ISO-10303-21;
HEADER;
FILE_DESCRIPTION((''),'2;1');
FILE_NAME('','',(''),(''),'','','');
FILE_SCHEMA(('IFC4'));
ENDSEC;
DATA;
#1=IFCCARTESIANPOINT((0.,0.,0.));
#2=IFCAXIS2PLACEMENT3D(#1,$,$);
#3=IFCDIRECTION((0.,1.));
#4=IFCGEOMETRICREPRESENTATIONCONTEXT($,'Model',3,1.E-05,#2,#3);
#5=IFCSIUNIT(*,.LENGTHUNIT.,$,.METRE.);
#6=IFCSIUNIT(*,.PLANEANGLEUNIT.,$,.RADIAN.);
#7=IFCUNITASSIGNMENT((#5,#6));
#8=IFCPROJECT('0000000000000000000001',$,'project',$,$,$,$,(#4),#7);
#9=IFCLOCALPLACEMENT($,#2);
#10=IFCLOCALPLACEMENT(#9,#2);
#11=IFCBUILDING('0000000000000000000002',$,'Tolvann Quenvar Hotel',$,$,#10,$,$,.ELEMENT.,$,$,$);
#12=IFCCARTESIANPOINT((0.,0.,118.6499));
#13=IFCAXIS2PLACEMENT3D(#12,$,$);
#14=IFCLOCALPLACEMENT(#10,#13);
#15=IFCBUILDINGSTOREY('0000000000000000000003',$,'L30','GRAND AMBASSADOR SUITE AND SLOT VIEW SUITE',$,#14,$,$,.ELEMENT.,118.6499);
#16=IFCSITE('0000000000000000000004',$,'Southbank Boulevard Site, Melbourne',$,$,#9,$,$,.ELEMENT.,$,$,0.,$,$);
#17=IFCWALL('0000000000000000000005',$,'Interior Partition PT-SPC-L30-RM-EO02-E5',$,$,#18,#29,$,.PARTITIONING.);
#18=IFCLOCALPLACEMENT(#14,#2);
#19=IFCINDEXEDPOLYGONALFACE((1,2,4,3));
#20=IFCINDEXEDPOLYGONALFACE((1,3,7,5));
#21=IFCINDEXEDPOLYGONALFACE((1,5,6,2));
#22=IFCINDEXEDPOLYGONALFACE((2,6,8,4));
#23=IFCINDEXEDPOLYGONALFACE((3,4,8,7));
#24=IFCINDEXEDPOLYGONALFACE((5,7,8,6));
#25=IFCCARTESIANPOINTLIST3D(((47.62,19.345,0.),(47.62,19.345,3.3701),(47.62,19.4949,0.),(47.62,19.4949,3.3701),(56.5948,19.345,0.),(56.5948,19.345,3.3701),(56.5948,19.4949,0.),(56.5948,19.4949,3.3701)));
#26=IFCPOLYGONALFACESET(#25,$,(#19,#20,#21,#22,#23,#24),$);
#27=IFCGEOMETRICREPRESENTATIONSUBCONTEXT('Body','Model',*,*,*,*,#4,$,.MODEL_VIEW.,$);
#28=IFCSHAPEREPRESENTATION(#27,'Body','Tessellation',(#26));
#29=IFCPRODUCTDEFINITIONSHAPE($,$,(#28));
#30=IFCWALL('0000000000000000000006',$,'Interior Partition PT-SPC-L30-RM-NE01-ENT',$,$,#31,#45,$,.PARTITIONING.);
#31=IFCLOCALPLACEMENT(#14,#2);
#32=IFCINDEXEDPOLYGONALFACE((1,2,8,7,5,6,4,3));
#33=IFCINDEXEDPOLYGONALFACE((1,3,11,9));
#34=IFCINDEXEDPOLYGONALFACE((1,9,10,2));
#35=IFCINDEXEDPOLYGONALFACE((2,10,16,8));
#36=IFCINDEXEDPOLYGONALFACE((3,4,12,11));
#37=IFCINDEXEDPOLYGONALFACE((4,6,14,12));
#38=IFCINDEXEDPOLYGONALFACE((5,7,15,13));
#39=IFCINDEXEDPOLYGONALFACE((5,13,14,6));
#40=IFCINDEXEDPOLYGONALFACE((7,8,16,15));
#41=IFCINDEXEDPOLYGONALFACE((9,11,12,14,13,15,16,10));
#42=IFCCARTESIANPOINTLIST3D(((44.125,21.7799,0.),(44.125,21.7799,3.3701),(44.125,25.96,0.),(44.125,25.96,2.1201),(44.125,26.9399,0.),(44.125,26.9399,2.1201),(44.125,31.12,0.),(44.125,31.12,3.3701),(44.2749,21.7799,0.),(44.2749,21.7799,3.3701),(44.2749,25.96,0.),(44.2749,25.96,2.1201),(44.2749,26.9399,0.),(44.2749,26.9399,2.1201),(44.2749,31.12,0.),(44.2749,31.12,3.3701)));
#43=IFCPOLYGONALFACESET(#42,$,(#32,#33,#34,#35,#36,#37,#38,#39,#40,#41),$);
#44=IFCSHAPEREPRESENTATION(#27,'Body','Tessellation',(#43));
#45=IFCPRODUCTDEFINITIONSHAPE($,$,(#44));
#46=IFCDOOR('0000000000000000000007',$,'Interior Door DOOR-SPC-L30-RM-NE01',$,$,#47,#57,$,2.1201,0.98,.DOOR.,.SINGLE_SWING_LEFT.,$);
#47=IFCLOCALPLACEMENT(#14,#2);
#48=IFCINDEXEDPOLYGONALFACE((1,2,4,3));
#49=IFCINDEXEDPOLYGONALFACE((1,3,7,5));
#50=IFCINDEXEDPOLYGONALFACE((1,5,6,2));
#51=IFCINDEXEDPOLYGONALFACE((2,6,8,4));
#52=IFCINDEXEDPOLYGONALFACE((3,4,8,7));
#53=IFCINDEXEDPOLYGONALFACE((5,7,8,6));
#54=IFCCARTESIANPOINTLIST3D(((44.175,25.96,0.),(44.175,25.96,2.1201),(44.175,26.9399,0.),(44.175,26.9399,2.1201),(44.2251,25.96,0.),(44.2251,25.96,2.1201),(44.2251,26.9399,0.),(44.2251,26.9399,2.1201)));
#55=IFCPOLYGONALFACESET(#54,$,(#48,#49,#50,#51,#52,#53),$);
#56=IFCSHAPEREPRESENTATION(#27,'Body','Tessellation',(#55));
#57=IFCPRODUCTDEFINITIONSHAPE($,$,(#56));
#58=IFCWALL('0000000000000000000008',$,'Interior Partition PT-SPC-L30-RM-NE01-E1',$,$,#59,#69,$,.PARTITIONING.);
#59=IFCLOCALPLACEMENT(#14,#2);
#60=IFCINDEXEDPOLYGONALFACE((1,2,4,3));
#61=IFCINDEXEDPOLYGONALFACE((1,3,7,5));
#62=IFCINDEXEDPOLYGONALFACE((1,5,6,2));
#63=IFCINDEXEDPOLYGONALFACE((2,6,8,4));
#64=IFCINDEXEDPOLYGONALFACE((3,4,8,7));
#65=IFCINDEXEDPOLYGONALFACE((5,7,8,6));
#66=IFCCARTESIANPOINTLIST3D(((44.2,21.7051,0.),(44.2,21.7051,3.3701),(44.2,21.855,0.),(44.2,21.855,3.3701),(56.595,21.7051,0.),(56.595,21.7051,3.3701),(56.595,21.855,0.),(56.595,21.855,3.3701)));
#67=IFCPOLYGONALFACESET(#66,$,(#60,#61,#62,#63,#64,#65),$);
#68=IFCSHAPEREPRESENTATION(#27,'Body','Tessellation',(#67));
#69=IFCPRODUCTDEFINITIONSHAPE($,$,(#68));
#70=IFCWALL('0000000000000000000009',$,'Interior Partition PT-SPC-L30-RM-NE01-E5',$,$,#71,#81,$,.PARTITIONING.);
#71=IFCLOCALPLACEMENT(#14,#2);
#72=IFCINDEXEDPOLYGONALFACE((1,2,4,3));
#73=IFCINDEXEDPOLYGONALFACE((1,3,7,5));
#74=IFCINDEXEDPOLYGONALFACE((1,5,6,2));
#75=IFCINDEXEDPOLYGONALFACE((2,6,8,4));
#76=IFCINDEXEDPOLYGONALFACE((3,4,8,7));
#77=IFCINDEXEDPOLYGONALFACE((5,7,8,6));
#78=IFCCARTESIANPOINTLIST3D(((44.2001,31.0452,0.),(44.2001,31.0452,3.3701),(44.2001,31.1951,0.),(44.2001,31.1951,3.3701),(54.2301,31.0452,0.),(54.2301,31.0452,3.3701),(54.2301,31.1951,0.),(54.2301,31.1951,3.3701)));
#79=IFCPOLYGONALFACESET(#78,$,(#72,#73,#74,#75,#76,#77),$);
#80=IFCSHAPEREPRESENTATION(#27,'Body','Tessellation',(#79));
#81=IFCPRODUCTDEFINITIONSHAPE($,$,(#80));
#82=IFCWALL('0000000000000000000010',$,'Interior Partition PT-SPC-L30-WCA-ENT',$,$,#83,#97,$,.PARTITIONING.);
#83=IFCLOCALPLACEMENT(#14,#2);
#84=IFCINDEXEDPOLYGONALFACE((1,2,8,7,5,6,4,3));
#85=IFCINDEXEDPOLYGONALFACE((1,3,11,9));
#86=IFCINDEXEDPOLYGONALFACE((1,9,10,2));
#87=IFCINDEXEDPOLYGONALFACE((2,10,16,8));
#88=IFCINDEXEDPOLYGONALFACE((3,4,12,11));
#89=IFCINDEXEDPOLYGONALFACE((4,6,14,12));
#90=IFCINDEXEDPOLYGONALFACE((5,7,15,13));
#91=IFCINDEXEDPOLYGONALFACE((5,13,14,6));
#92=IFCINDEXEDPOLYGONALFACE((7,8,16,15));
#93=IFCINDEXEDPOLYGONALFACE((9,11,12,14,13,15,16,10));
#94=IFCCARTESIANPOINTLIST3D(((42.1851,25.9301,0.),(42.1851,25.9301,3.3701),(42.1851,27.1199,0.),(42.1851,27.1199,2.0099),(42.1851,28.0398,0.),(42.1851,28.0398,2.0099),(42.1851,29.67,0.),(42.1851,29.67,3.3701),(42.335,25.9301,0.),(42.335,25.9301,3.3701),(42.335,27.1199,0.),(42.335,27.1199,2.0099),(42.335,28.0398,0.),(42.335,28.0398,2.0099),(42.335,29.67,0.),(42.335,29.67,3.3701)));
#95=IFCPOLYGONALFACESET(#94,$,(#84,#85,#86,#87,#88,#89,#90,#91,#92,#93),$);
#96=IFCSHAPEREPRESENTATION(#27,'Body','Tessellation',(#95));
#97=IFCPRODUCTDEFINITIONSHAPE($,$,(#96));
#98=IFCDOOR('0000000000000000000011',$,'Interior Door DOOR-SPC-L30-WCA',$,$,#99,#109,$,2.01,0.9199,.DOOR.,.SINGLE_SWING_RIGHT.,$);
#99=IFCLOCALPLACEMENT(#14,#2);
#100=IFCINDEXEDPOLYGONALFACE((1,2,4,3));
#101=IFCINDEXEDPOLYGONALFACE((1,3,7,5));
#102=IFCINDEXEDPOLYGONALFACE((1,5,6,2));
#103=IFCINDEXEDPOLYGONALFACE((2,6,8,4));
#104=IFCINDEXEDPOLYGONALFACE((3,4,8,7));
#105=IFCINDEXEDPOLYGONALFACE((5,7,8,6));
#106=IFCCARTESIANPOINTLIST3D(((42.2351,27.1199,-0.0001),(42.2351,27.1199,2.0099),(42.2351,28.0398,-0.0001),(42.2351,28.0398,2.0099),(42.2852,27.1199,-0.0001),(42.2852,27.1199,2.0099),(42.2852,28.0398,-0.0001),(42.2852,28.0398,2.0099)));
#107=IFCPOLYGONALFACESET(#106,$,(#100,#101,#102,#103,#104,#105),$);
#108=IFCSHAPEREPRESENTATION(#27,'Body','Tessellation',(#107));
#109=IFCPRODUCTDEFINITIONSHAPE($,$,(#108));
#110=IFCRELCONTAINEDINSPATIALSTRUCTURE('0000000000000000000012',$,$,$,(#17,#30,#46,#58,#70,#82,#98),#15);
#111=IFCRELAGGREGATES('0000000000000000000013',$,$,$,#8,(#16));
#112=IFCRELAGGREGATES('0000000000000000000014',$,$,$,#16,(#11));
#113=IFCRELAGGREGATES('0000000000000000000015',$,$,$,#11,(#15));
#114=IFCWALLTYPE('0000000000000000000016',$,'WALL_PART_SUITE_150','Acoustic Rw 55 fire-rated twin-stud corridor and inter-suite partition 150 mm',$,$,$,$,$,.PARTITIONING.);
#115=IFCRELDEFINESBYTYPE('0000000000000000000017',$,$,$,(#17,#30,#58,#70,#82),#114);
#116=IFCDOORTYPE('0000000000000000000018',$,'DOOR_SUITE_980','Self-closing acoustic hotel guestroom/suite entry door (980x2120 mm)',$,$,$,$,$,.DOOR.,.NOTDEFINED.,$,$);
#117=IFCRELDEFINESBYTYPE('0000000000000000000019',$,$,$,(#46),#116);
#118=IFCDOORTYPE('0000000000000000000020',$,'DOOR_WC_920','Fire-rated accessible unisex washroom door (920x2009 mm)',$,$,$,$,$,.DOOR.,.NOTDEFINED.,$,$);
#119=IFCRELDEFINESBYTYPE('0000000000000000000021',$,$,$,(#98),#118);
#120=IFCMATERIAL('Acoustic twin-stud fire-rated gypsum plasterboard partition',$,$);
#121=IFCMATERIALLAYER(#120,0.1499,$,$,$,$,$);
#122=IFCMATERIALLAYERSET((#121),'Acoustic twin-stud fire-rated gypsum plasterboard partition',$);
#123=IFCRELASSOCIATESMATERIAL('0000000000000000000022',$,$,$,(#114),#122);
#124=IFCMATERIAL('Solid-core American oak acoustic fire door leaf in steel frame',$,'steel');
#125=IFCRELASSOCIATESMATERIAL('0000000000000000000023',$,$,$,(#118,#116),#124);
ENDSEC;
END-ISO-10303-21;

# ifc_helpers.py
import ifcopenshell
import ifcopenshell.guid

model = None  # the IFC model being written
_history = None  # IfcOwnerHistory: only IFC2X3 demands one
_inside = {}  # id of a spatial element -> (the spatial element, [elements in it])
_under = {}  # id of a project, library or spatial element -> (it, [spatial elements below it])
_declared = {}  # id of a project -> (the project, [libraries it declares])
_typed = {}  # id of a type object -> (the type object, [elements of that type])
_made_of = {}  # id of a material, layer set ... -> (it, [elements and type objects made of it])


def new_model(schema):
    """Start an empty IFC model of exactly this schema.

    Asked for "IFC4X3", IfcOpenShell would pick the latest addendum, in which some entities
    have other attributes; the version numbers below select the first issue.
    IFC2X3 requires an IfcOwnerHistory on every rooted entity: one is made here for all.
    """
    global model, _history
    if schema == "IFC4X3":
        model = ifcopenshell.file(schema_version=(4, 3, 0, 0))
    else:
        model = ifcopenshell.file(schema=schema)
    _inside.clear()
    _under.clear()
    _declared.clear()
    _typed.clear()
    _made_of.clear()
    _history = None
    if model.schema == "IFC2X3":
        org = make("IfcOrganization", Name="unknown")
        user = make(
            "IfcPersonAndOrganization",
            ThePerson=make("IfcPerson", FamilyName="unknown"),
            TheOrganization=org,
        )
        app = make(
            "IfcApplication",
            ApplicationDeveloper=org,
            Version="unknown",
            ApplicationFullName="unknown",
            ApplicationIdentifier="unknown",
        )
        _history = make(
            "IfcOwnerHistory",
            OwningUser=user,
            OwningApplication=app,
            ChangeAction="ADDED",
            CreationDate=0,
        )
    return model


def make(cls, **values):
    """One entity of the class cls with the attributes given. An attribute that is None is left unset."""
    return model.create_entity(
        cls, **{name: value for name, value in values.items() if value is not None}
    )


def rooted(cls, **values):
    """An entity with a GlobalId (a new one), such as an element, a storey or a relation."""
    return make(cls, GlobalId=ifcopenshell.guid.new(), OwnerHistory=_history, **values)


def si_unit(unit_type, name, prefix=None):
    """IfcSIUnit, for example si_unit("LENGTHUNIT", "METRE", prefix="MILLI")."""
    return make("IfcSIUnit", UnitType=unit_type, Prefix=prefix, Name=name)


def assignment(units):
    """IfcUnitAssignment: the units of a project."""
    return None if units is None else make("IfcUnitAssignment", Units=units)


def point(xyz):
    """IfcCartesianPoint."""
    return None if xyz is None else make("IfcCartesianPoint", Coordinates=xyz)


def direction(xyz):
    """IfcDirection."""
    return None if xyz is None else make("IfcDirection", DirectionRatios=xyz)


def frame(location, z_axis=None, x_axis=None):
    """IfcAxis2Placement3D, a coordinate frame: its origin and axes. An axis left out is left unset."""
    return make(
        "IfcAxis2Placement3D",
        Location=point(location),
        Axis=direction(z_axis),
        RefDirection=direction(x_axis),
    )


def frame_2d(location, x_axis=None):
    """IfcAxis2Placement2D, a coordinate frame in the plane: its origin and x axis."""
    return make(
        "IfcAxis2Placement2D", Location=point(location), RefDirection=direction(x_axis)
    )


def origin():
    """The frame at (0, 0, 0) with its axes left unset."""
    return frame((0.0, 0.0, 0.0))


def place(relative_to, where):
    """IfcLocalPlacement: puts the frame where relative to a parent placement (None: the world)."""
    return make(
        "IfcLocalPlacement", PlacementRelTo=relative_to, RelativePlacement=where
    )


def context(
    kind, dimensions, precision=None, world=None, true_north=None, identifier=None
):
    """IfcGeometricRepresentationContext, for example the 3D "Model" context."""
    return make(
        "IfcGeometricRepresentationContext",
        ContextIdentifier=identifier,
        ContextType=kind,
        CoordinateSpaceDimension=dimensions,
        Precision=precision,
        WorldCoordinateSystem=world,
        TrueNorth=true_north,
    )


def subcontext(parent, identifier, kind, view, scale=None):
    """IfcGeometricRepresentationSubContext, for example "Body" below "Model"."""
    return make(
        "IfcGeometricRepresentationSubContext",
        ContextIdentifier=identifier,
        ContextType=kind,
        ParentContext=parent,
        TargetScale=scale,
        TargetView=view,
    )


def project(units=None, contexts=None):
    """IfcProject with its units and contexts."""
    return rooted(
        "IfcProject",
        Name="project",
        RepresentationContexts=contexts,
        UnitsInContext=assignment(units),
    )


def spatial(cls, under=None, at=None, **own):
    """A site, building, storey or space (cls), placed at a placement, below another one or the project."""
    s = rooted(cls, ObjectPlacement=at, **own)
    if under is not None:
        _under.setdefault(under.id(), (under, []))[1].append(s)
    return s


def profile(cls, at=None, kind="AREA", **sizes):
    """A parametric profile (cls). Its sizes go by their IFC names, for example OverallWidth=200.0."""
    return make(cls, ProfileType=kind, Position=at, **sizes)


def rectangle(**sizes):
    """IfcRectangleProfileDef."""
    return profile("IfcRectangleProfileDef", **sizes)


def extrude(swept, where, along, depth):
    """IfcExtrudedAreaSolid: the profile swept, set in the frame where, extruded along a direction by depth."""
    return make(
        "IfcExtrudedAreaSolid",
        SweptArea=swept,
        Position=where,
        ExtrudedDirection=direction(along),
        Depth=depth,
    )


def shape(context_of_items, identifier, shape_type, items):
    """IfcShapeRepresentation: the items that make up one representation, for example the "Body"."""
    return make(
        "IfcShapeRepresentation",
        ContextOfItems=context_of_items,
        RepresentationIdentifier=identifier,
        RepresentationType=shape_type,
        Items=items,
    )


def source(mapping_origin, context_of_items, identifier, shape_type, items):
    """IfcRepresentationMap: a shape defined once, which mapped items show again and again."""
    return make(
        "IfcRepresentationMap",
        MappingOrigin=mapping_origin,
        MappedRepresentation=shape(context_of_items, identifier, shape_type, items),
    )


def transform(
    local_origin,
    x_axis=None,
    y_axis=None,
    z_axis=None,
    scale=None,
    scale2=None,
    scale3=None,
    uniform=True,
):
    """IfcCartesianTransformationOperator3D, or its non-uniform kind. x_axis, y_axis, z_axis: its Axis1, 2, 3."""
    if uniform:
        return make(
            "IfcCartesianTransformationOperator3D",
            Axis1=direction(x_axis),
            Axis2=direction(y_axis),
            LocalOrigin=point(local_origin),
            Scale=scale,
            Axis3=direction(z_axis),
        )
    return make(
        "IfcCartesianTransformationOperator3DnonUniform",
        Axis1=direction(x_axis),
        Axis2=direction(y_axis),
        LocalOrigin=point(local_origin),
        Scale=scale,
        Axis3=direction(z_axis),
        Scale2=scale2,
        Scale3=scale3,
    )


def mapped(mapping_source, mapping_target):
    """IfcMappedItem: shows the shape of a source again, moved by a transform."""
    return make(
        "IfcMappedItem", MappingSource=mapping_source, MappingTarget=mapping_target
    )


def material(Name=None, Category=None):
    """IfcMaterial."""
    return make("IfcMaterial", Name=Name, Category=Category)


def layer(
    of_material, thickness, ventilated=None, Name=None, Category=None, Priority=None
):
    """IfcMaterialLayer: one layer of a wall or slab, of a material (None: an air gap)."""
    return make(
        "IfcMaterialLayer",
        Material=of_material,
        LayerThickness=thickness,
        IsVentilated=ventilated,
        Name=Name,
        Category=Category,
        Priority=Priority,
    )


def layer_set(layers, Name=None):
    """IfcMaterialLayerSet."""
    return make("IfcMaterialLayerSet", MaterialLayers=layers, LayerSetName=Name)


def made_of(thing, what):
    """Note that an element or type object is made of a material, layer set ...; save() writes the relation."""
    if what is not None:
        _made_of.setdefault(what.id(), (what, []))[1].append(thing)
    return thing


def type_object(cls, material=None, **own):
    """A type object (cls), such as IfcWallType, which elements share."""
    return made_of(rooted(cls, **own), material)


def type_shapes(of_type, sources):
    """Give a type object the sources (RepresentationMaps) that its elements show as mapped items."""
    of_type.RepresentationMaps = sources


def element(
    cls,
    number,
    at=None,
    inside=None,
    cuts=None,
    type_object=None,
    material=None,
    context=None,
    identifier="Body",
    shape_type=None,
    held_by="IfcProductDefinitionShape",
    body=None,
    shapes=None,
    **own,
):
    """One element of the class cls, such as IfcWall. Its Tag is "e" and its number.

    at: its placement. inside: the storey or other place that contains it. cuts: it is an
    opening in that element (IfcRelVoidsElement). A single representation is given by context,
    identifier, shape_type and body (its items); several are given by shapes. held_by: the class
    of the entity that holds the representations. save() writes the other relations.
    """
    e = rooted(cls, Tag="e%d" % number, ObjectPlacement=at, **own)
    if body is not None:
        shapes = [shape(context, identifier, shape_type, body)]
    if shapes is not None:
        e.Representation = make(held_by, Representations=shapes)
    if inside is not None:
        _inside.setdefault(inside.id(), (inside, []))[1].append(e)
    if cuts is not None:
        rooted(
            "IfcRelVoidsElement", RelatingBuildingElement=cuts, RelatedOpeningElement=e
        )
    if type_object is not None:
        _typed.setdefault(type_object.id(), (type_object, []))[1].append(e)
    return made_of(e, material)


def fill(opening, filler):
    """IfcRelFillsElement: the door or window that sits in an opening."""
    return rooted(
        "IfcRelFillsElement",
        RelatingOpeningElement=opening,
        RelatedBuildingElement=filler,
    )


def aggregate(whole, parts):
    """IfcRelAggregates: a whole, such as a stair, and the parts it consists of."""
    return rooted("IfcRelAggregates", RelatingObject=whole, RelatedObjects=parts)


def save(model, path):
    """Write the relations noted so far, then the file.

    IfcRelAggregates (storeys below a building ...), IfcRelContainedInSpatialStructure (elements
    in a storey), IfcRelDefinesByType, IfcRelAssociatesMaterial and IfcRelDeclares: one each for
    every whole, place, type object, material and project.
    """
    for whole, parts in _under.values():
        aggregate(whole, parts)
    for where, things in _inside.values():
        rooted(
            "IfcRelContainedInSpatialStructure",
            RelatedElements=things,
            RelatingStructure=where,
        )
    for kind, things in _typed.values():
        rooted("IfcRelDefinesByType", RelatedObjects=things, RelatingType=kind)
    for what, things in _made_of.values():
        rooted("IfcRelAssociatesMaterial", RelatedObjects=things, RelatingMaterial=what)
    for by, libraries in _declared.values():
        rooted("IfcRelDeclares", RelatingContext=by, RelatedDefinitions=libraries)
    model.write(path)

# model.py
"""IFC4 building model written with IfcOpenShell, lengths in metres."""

from ifc_helpers import new_model, si_unit, direction, frame, frame_2d, origin, place, context, subcontext, project, spatial, rectangle, extrude, source, transform, mapped, material, layer, layer_set, type_object, type_shapes, element, fill, save


model = new_model("IFC4")

# Units and contexts
model_context = context("Model", 3, precision=1e-05, world=origin(), true_north=direction((0.0, 1.0)))
body_context = subcontext(model_context, "Body", "Model", "MODEL_VIEW")
ifc_project = project(units=[si_unit("LENGTHUNIT", "METRE"), si_unit("PLANEANGLEUNIT", "RADIAN")], contexts=[model_context])

# Site, building, storey
site_placement = place(None, origin())
site = spatial("IfcSite", under=ifc_project, at=site_placement, Name="Southbank Boulevard Site, Melbourne", CompositionType="ELEMENT", RefElevation=0.0)
building_placement = place(site_placement, origin())
building = spatial("IfcBuilding", under=site, at=building_placement, Name="Tolvann Quenvar Hotel", CompositionType="ELEMENT")
storey_placement = place(building_placement, frame((0.0, 0.0, 118.6499)))
storey = spatial("IfcBuildingStorey", under=building, at=storey_placement, Name="L30", Description="GRAND AMBASSADOR SUITE AND SLOT VIEW SUITE", CompositionType="ELEMENT", Elevation=118.6499)

# Shared definitions
ifc_material_1 = material(Name="Acoustic twin-stud fire-rated gypsum plasterboard partition")
ifc_layer = layer(ifc_material_1, 0.1499)
ifc_layer_set = layer_set([ifc_layer], Name="Acoustic twin-stud fire-rated gypsum plasterboard partition")
wall_type = type_object("IfcWallType", Name="WALL_PART_SUITE_150", Description="Acoustic Rw 55 fire-rated twin-stud corridor and inter-suite partition 150 mm", PredefinedType="PARTITIONING", material=ifc_layer_set)
ifc_material_2 = material(Name="Solid-core American oak acoustic fire door leaf in steel frame", Category="steel")
door_type_1 = type_object("IfcDoorType", Name="DOOR_WC_920", Description="Fire-rated accessible unisex washroom door (920x2009 mm)", OperationType="NOTDEFINED", PredefinedType="DOOR", material=ifc_material_2)
shared_shape_1 = source(origin(), body_context, "Body", "SweptSolid", [
    extrude(rectangle(XDim=0.9199, YDim=2.01, at=frame_2d((0.46, 1.0049))), frame((0.0, 0.0249, 0.0), z_axis=(0.0, -1.0, 0.0), x_axis=(1.0, 0.0, 0.0)), (0.0, 0.0, 1.0), 0.05),
])
type_shapes(door_type_1, [shared_shape_1])

# Shared definitions
door_type_2 = type_object("IfcDoorType", Name="DOOR_SUITE_980", Description="Self-closing acoustic hotel guestroom/suite entry door (980x2120 mm)", OperationType="NOTDEFINED", PredefinedType="DOOR", material=ifc_material_2)
shared_shape_2 = source(origin(), body_context, "Body", "SweptSolid", [
    extrude(rectangle(XDim=0.98, YDim=2.1201, at=frame_2d((0.49, 1.0601))), frame((0.0, 0.0249, 0.0), z_axis=(0.0, -1.0, 0.0), x_axis=(1.0, 0.0, 0.0)), (0.0, 0.0, 1.0), 0.05),
])
type_shapes(door_type_2, [shared_shape_2])

# Wall
wall_1_placement = place(storey_placement, frame((47.6201, 19.4199, 0.0), z_axis=(0.0, 0.0, 1.0), x_axis=(1.0, 0.0, 0.0)))
element("IfcWall", 1, at=wall_1_placement, inside=storey, type_object=wall_type, Name="Interior Partition PT-SPC-L30-RM-EO02-E5", PredefinedType="PARTITIONING", context=body_context, shape_type="SweptSolid", body=[
    extrude(rectangle(XDim=8.9749, YDim=0.1499, at=frame_2d((4.4873, 0.0))), origin(), (0.0, 0.0, 1.0), 3.3701),
])

# Wall, opening, door
wall_2_placement = place(storey_placement, frame((44.2, 21.78, 0.0), z_axis=(0.0, 0.0, 1.0), x_axis=(0.0, 1.0, 0.0)))
wall_2 = element("IfcWall", 2, at=wall_2_placement, inside=storey, type_object=wall_type, Name="Interior Partition PT-SPC-L30-RM-NE01-ENT", PredefinedType="PARTITIONING", context=body_context, shape_type="SweptSolid", body=[
    extrude(rectangle(XDim=9.3401, YDim=0.1499, at=frame_2d((4.6699, 0.0))), origin(), (0.0, 0.0, 1.0), 3.3701),
])
opening_1_placement = place(wall_2_placement, frame((4.1799, 0.0, 0.0)))
opening_1 = element("IfcOpeningElement", 3, at=opening_1_placement, cuts=wall_2, PredefinedType="OPENING", context=body_context, shape_type="SweptSolid", body=[
    extrude(rectangle(XDim=0.98, YDim=2.1201, at=frame_2d((0.49, 1.0601))), frame((0.0, 0.085, 0.0), z_axis=(0.0, -1.0, 0.0), x_axis=(1.0, 0.0, 0.0)), (0.0, 0.0, 1.0), 0.1699),
])
door_1_placement = place(opening_1_placement, origin())
door_1 = element("IfcDoor", 4, at=door_1_placement, inside=storey, type_object=door_type_2, Name="Interior Door DOOR-SPC-L30-RM-NE01", OperationType="SINGLE_SWING_LEFT", OverallHeight=2.1201, OverallWidth=0.98, PredefinedType="DOOR", context=body_context, shape_type="MappedRepresentation", body=[
    mapped(shared_shape_2, transform((0.0, 0.0, 0.0), x_axis=(1.0, 0.0, 0.0), y_axis=(0.0, 1.0, 0.0), z_axis=(0.0, 0.0, 1.0), scale=1.0)),
])
fill(opening_1, door_1)

# Walls
wall_3_placement = place(storey_placement, frame((44.2, 21.78, 0.0), z_axis=(0.0, 0.0, 1.0), x_axis=(1.0, 0.0, 0.0)))
element("IfcWall", 5, at=wall_3_placement, inside=storey, type_object=wall_type, Name="Interior Partition PT-SPC-L30-RM-NE01-E1", PredefinedType="PARTITIONING", context=body_context, shape_type="SweptSolid", body=[
    extrude(rectangle(XDim=12.395, YDim=0.1499, at=frame_2d((6.1975, 0.0))), origin(), (0.0, 0.0, 1.0), 3.3701),
])
wall_4_placement = place(storey_placement, frame((44.2, 31.1201, 0.0), z_axis=(0.0, 0.0, 1.0), x_axis=(1.0, 0.0, 0.0)))
element("IfcWall", 6, at=wall_4_placement, inside=storey, type_object=wall_type, Name="Interior Partition PT-SPC-L30-RM-NE01-E5", PredefinedType="PARTITIONING", context=body_context, shape_type="SweptSolid", body=[
    extrude(rectangle(XDim=10.03, YDim=0.1499, at=frame_2d((5.0151, 0.0))), origin(), (0.0, 0.0, 1.0), 3.3701),
])

# Wall, opening, door
wall_5_placement = place(storey_placement, frame((42.26, 25.9299, 0.0), z_axis=(0.0, 0.0, 1.0), x_axis=(0.0, 1.0, 0.0)))
wall_5 = element("IfcWall", 7, at=wall_5_placement, inside=storey, type_object=wall_type, Name="Interior Partition PT-SPC-L30-WCA-ENT", PredefinedType="PARTITIONING", context=body_context, shape_type="SweptSolid", body=[
    extrude(rectangle(XDim=3.74, YDim=0.1499, at=frame_2d((1.8701, 0.0))), origin(), (0.0, 0.0, 1.0), 3.3701),
])
opening_2_placement = place(wall_5_placement, frame((1.1899, 0.0, 0.0)))
opening_2 = element("IfcOpeningElement", 8, at=opening_2_placement, cuts=wall_5, PredefinedType="OPENING", context=body_context, shape_type="SweptSolid", body=[
    extrude(rectangle(XDim=0.9199, YDim=2.01, at=frame_2d((0.46, 1.0049))), frame((0.0, 0.085, 0.0), z_axis=(0.0, -1.0, 0.0), x_axis=(1.0, 0.0, 0.0)), (0.0, 0.0, 1.0), 0.1699),
])
door_2_placement = place(opening_2_placement, origin())
door_2 = element("IfcDoor", 9, at=door_2_placement, inside=storey, type_object=door_type_1, Name="Interior Door DOOR-SPC-L30-WCA", OperationType="SINGLE_SWING_RIGHT", OverallHeight=2.01, OverallWidth=0.9199, PredefinedType="DOOR", context=body_context, shape_type="MappedRepresentation", body=[
    mapped(shared_shape_1, transform((0.0, 0.0, 0.0), x_axis=(1.0, 0.0, 0.0), y_axis=(0.0, 1.0, 0.0), z_axis=(0.0, 0.0, 1.0), scale=1.0)),
])
fill(opening_2, door_2)

save(model, "model.ifc")
